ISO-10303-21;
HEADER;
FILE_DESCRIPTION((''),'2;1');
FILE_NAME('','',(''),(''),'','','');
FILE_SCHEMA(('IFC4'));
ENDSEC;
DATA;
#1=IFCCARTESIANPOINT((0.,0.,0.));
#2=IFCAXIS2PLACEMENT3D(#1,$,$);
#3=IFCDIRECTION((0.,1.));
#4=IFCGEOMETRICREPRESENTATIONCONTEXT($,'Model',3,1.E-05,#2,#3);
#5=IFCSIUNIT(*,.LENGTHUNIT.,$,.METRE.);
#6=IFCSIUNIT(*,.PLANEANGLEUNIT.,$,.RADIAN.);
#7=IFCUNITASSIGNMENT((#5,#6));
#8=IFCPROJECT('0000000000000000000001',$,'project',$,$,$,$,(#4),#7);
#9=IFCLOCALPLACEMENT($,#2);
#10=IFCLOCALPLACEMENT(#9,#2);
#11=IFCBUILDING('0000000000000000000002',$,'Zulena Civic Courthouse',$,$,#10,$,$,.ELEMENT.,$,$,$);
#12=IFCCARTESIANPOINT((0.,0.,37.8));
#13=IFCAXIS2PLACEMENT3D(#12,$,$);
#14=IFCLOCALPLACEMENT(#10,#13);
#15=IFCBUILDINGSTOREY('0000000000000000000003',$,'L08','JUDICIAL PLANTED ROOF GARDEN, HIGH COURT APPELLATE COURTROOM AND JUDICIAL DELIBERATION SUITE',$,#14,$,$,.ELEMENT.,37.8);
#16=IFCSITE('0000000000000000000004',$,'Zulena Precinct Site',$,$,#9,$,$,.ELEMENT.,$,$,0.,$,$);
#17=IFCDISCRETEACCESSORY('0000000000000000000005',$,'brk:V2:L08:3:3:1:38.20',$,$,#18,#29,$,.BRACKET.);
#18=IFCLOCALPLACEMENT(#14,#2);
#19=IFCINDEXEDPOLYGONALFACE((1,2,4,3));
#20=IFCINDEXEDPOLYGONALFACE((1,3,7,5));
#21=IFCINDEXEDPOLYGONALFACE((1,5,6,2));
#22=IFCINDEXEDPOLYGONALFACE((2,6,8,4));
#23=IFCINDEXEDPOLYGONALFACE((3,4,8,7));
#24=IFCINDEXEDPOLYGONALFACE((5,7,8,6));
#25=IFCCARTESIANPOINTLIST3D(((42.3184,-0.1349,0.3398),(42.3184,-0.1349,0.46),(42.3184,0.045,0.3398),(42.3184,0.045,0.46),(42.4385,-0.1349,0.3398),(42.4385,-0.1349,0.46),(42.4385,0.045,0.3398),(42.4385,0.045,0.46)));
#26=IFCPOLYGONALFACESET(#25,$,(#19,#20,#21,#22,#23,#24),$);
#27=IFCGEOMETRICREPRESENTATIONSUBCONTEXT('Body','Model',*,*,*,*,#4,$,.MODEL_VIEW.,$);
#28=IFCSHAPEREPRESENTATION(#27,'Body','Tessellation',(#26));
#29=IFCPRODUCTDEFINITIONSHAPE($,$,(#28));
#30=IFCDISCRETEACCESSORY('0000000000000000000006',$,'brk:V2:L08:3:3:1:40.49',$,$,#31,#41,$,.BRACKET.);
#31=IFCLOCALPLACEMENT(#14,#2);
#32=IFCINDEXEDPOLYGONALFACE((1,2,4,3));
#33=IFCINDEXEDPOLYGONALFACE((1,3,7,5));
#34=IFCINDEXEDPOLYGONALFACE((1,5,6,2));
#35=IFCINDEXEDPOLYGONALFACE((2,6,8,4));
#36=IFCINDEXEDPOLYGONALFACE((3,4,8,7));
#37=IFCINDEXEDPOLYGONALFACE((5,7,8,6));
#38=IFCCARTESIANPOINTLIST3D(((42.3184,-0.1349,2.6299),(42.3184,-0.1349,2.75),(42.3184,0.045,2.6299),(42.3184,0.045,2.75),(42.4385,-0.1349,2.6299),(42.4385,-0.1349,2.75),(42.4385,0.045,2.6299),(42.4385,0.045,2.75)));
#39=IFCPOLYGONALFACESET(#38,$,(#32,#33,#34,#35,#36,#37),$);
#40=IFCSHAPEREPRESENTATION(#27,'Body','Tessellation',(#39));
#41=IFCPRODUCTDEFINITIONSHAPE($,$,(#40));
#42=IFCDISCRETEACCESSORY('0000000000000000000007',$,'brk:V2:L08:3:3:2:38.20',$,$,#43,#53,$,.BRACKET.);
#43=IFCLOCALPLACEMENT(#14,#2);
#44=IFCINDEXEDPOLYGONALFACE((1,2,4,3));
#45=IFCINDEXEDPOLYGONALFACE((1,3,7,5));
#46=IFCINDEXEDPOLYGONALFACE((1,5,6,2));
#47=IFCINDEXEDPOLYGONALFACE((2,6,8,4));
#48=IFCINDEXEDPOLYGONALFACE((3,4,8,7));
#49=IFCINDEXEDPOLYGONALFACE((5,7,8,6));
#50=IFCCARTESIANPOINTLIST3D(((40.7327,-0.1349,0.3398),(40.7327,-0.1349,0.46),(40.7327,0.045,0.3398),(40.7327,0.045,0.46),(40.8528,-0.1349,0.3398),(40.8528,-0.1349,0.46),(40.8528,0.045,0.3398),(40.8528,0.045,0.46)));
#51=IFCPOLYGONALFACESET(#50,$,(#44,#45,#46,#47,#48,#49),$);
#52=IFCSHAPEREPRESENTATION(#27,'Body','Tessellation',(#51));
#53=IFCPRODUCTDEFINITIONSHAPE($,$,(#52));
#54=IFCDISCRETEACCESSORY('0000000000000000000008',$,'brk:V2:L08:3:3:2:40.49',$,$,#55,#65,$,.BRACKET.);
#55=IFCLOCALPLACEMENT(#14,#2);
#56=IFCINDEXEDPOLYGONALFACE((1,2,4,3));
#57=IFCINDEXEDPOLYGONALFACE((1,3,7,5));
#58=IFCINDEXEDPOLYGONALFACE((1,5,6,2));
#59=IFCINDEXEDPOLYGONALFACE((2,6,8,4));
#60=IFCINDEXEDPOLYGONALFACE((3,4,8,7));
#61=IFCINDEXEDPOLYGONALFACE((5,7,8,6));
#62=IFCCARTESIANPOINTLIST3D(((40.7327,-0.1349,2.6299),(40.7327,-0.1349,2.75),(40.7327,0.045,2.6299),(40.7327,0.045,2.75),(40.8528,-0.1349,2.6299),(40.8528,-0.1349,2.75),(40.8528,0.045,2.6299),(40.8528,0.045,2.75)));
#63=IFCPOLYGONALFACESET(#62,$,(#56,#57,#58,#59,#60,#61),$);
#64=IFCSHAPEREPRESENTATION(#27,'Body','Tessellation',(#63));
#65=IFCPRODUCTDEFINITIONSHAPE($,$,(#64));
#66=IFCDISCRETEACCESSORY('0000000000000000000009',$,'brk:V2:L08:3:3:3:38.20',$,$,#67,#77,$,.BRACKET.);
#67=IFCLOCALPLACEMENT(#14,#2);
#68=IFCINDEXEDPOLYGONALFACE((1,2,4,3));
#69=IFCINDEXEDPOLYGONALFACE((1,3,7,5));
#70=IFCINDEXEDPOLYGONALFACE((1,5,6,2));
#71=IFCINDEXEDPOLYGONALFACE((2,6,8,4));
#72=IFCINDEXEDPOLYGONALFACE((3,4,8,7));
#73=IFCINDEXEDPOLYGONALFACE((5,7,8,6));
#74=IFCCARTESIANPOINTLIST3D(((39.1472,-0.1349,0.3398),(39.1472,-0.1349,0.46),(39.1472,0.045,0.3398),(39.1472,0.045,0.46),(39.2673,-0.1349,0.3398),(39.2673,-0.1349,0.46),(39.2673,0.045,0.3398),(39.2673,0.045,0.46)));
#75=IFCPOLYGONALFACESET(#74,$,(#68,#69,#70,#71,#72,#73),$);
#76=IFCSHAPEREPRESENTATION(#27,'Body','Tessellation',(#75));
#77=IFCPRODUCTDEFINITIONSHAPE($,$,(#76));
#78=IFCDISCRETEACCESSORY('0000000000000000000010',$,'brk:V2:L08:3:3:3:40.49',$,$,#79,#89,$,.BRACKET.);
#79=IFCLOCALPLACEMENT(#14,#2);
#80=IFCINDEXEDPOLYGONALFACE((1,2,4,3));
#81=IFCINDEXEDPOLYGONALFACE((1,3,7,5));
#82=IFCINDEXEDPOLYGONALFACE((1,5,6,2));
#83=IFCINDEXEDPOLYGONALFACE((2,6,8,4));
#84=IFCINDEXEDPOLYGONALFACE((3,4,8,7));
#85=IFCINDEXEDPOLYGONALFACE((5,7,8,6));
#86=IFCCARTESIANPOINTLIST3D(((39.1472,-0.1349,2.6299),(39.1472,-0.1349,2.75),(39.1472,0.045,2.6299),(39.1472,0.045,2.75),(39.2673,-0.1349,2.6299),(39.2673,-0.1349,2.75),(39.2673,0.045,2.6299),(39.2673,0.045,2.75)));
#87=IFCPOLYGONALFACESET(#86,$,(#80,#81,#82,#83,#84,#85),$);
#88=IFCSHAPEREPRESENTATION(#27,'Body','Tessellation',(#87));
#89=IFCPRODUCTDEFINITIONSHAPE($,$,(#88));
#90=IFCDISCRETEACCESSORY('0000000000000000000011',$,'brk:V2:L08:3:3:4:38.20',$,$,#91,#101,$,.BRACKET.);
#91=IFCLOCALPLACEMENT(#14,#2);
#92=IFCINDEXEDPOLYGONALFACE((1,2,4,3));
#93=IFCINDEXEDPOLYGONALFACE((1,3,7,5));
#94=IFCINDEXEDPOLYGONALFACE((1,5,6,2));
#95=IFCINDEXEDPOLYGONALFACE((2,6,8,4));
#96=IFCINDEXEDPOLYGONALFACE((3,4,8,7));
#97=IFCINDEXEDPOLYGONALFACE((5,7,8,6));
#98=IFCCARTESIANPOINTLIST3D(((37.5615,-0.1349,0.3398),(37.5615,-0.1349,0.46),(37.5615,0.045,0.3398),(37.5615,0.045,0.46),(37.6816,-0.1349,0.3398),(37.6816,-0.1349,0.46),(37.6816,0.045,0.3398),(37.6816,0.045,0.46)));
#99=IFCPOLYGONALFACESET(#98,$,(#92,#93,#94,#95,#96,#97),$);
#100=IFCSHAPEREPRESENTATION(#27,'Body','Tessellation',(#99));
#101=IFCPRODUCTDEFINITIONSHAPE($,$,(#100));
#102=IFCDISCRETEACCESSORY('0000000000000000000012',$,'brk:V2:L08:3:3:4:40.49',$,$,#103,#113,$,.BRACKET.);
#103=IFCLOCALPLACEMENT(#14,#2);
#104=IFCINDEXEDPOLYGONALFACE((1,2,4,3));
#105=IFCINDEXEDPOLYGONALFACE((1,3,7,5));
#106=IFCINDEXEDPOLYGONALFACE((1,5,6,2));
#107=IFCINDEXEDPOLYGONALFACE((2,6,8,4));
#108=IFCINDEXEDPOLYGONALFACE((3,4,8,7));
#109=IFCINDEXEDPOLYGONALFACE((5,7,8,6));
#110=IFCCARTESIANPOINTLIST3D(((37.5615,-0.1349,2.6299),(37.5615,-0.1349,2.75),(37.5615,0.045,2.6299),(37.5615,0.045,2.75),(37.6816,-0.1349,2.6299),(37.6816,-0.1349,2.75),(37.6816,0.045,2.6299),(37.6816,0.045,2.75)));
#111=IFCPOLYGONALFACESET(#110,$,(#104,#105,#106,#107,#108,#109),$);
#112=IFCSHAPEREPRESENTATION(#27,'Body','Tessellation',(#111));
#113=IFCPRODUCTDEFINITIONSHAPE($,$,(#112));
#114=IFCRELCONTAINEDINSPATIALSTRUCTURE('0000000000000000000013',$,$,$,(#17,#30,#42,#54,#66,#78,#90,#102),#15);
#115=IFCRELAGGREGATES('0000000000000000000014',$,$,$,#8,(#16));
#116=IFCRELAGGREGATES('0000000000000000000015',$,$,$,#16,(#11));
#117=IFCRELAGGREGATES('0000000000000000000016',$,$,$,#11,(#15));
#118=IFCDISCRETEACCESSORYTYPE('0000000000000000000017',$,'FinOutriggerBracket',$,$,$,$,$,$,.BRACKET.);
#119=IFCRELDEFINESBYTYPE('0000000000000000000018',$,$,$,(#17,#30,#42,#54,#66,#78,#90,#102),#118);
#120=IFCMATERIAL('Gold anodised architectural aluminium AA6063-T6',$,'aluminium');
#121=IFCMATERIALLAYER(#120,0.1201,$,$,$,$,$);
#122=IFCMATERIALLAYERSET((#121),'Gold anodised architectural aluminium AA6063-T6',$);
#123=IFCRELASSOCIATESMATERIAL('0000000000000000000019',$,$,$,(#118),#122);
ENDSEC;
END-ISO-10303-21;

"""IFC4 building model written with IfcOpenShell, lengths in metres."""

from ifc_helpers import new_model, si_unit, direction, frame, origin, origin_2d, place, context, subcontext, project, spatial, rectangle, extrude, material, layer, layer_set, type_object, element, save


model = new_model("IFC4")

# Units and contexts
model_context = context("Model", 3, precision=1e-05, world=origin(), true_north=direction((0.0, 1.0)))
body_context = subcontext(model_context, "Body", "Model", "MODEL_VIEW")
ifc_project = project(units=[si_unit("LENGTHUNIT", "METRE"), si_unit("PLANEANGLEUNIT", "RADIAN")], contexts=[model_context])

# Site, building, storey
site_placement = place(None, origin())
site = spatial("IfcSite", under=ifc_project, at=site_placement, Name="Zulena Precinct Site", CompositionType="ELEMENT", RefElevation=0.0)
building_placement = place(site_placement, origin())
building = spatial("IfcBuilding", under=site, at=building_placement, Name="Zulena Civic Courthouse", CompositionType="ELEMENT")
storey_placement = place(building_placement, frame((0.0, 0.0, 37.8)))
storey = spatial("IfcBuildingStorey", under=building, at=storey_placement, Name="L08", Description="JUDICIAL PLANTED ROOF GARDEN, HIGH COURT APPELLATE COURTROOM AND JUDICIAL DELIBERATION SUITE", CompositionType="ELEMENT", Elevation=37.8)

# Shared definitions
ifc_material_1 = material(Name="Gold anodised architectural aluminium AA6063-T6", Category="aluminium")

# Discrete accessories
ifc_layer_1 = layer(ifc_material_1, 0.1201)
ifc_layer_set_1 = layer_set([ifc_layer_1], Name="Gold anodised architectural aluminium AA6063-T6")
discrete_accessory_type = type_object("IfcDiscreteAccessoryType", Name="FinOutriggerBracket", PredefinedType="BRACKET", material=ifc_layer_set_1)
for number, where, z_axis, x_axis, name in (
    (1, (42.3784, -0.0449, 0.3398), (0.0, 0.0, 1.0), (0.0, -1.0, 0.0), "brk:V2:L08:3:3:1:38.20"),
    (2, (42.3784, -0.0449, 2.6299), (0.0, 0.0, 1.0), (0.0, -1.0, 0.0), "brk:V2:L08:3:3:1:40.49"),
    (3, (40.7927, -0.0449, 0.3398), (0.0, 0.0, 1.0), (0.0, -1.0, 0.0), "brk:V2:L08:3:3:2:38.20"),
    (4, (40.7927, -0.0449, 2.6299), (0.0, 0.0, 1.0), (0.0, -1.0, 0.0), "brk:V2:L08:3:3:2:40.49"),
    (5, (39.2073, -0.0449, 0.3398), (0.0, 0.0, 1.0), (0.0, -1.0, 0.0), "brk:V2:L08:3:3:3:38.20"),
    (6, (39.2073, -0.0449, 2.6299), (0.0, 0.0, 1.0), (0.0, -1.0, 0.0), "brk:V2:L08:3:3:3:40.49"),
    (7, (37.6216, -0.0449, 0.3398), (0.0, 0.0, 1.0), (0.0, -1.0, 0.0), "brk:V2:L08:3:3:4:38.20"),
    (8, (37.6216, -0.0449, 2.6299), (0.0, 0.0, 1.0), (0.0, -1.0, 0.0), "brk:V2:L08:3:3:4:40.49"),
):
    element("IfcDiscreteAccessory", number, at=place(storey_placement, frame(where, z_axis=z_axis, x_axis=x_axis)), inside=storey, type_object=discrete_accessory_type, Name=name, PredefinedType="BRACKET", context=body_context, shape_type="SweptSolid", body=[
        extrude(rectangle(XDim=0.1799, YDim=0.1201, at=origin_2d()), origin(), (0.0, 0.0, 1.0), 0.1201),
    ])

save(model, "model.ifc")
